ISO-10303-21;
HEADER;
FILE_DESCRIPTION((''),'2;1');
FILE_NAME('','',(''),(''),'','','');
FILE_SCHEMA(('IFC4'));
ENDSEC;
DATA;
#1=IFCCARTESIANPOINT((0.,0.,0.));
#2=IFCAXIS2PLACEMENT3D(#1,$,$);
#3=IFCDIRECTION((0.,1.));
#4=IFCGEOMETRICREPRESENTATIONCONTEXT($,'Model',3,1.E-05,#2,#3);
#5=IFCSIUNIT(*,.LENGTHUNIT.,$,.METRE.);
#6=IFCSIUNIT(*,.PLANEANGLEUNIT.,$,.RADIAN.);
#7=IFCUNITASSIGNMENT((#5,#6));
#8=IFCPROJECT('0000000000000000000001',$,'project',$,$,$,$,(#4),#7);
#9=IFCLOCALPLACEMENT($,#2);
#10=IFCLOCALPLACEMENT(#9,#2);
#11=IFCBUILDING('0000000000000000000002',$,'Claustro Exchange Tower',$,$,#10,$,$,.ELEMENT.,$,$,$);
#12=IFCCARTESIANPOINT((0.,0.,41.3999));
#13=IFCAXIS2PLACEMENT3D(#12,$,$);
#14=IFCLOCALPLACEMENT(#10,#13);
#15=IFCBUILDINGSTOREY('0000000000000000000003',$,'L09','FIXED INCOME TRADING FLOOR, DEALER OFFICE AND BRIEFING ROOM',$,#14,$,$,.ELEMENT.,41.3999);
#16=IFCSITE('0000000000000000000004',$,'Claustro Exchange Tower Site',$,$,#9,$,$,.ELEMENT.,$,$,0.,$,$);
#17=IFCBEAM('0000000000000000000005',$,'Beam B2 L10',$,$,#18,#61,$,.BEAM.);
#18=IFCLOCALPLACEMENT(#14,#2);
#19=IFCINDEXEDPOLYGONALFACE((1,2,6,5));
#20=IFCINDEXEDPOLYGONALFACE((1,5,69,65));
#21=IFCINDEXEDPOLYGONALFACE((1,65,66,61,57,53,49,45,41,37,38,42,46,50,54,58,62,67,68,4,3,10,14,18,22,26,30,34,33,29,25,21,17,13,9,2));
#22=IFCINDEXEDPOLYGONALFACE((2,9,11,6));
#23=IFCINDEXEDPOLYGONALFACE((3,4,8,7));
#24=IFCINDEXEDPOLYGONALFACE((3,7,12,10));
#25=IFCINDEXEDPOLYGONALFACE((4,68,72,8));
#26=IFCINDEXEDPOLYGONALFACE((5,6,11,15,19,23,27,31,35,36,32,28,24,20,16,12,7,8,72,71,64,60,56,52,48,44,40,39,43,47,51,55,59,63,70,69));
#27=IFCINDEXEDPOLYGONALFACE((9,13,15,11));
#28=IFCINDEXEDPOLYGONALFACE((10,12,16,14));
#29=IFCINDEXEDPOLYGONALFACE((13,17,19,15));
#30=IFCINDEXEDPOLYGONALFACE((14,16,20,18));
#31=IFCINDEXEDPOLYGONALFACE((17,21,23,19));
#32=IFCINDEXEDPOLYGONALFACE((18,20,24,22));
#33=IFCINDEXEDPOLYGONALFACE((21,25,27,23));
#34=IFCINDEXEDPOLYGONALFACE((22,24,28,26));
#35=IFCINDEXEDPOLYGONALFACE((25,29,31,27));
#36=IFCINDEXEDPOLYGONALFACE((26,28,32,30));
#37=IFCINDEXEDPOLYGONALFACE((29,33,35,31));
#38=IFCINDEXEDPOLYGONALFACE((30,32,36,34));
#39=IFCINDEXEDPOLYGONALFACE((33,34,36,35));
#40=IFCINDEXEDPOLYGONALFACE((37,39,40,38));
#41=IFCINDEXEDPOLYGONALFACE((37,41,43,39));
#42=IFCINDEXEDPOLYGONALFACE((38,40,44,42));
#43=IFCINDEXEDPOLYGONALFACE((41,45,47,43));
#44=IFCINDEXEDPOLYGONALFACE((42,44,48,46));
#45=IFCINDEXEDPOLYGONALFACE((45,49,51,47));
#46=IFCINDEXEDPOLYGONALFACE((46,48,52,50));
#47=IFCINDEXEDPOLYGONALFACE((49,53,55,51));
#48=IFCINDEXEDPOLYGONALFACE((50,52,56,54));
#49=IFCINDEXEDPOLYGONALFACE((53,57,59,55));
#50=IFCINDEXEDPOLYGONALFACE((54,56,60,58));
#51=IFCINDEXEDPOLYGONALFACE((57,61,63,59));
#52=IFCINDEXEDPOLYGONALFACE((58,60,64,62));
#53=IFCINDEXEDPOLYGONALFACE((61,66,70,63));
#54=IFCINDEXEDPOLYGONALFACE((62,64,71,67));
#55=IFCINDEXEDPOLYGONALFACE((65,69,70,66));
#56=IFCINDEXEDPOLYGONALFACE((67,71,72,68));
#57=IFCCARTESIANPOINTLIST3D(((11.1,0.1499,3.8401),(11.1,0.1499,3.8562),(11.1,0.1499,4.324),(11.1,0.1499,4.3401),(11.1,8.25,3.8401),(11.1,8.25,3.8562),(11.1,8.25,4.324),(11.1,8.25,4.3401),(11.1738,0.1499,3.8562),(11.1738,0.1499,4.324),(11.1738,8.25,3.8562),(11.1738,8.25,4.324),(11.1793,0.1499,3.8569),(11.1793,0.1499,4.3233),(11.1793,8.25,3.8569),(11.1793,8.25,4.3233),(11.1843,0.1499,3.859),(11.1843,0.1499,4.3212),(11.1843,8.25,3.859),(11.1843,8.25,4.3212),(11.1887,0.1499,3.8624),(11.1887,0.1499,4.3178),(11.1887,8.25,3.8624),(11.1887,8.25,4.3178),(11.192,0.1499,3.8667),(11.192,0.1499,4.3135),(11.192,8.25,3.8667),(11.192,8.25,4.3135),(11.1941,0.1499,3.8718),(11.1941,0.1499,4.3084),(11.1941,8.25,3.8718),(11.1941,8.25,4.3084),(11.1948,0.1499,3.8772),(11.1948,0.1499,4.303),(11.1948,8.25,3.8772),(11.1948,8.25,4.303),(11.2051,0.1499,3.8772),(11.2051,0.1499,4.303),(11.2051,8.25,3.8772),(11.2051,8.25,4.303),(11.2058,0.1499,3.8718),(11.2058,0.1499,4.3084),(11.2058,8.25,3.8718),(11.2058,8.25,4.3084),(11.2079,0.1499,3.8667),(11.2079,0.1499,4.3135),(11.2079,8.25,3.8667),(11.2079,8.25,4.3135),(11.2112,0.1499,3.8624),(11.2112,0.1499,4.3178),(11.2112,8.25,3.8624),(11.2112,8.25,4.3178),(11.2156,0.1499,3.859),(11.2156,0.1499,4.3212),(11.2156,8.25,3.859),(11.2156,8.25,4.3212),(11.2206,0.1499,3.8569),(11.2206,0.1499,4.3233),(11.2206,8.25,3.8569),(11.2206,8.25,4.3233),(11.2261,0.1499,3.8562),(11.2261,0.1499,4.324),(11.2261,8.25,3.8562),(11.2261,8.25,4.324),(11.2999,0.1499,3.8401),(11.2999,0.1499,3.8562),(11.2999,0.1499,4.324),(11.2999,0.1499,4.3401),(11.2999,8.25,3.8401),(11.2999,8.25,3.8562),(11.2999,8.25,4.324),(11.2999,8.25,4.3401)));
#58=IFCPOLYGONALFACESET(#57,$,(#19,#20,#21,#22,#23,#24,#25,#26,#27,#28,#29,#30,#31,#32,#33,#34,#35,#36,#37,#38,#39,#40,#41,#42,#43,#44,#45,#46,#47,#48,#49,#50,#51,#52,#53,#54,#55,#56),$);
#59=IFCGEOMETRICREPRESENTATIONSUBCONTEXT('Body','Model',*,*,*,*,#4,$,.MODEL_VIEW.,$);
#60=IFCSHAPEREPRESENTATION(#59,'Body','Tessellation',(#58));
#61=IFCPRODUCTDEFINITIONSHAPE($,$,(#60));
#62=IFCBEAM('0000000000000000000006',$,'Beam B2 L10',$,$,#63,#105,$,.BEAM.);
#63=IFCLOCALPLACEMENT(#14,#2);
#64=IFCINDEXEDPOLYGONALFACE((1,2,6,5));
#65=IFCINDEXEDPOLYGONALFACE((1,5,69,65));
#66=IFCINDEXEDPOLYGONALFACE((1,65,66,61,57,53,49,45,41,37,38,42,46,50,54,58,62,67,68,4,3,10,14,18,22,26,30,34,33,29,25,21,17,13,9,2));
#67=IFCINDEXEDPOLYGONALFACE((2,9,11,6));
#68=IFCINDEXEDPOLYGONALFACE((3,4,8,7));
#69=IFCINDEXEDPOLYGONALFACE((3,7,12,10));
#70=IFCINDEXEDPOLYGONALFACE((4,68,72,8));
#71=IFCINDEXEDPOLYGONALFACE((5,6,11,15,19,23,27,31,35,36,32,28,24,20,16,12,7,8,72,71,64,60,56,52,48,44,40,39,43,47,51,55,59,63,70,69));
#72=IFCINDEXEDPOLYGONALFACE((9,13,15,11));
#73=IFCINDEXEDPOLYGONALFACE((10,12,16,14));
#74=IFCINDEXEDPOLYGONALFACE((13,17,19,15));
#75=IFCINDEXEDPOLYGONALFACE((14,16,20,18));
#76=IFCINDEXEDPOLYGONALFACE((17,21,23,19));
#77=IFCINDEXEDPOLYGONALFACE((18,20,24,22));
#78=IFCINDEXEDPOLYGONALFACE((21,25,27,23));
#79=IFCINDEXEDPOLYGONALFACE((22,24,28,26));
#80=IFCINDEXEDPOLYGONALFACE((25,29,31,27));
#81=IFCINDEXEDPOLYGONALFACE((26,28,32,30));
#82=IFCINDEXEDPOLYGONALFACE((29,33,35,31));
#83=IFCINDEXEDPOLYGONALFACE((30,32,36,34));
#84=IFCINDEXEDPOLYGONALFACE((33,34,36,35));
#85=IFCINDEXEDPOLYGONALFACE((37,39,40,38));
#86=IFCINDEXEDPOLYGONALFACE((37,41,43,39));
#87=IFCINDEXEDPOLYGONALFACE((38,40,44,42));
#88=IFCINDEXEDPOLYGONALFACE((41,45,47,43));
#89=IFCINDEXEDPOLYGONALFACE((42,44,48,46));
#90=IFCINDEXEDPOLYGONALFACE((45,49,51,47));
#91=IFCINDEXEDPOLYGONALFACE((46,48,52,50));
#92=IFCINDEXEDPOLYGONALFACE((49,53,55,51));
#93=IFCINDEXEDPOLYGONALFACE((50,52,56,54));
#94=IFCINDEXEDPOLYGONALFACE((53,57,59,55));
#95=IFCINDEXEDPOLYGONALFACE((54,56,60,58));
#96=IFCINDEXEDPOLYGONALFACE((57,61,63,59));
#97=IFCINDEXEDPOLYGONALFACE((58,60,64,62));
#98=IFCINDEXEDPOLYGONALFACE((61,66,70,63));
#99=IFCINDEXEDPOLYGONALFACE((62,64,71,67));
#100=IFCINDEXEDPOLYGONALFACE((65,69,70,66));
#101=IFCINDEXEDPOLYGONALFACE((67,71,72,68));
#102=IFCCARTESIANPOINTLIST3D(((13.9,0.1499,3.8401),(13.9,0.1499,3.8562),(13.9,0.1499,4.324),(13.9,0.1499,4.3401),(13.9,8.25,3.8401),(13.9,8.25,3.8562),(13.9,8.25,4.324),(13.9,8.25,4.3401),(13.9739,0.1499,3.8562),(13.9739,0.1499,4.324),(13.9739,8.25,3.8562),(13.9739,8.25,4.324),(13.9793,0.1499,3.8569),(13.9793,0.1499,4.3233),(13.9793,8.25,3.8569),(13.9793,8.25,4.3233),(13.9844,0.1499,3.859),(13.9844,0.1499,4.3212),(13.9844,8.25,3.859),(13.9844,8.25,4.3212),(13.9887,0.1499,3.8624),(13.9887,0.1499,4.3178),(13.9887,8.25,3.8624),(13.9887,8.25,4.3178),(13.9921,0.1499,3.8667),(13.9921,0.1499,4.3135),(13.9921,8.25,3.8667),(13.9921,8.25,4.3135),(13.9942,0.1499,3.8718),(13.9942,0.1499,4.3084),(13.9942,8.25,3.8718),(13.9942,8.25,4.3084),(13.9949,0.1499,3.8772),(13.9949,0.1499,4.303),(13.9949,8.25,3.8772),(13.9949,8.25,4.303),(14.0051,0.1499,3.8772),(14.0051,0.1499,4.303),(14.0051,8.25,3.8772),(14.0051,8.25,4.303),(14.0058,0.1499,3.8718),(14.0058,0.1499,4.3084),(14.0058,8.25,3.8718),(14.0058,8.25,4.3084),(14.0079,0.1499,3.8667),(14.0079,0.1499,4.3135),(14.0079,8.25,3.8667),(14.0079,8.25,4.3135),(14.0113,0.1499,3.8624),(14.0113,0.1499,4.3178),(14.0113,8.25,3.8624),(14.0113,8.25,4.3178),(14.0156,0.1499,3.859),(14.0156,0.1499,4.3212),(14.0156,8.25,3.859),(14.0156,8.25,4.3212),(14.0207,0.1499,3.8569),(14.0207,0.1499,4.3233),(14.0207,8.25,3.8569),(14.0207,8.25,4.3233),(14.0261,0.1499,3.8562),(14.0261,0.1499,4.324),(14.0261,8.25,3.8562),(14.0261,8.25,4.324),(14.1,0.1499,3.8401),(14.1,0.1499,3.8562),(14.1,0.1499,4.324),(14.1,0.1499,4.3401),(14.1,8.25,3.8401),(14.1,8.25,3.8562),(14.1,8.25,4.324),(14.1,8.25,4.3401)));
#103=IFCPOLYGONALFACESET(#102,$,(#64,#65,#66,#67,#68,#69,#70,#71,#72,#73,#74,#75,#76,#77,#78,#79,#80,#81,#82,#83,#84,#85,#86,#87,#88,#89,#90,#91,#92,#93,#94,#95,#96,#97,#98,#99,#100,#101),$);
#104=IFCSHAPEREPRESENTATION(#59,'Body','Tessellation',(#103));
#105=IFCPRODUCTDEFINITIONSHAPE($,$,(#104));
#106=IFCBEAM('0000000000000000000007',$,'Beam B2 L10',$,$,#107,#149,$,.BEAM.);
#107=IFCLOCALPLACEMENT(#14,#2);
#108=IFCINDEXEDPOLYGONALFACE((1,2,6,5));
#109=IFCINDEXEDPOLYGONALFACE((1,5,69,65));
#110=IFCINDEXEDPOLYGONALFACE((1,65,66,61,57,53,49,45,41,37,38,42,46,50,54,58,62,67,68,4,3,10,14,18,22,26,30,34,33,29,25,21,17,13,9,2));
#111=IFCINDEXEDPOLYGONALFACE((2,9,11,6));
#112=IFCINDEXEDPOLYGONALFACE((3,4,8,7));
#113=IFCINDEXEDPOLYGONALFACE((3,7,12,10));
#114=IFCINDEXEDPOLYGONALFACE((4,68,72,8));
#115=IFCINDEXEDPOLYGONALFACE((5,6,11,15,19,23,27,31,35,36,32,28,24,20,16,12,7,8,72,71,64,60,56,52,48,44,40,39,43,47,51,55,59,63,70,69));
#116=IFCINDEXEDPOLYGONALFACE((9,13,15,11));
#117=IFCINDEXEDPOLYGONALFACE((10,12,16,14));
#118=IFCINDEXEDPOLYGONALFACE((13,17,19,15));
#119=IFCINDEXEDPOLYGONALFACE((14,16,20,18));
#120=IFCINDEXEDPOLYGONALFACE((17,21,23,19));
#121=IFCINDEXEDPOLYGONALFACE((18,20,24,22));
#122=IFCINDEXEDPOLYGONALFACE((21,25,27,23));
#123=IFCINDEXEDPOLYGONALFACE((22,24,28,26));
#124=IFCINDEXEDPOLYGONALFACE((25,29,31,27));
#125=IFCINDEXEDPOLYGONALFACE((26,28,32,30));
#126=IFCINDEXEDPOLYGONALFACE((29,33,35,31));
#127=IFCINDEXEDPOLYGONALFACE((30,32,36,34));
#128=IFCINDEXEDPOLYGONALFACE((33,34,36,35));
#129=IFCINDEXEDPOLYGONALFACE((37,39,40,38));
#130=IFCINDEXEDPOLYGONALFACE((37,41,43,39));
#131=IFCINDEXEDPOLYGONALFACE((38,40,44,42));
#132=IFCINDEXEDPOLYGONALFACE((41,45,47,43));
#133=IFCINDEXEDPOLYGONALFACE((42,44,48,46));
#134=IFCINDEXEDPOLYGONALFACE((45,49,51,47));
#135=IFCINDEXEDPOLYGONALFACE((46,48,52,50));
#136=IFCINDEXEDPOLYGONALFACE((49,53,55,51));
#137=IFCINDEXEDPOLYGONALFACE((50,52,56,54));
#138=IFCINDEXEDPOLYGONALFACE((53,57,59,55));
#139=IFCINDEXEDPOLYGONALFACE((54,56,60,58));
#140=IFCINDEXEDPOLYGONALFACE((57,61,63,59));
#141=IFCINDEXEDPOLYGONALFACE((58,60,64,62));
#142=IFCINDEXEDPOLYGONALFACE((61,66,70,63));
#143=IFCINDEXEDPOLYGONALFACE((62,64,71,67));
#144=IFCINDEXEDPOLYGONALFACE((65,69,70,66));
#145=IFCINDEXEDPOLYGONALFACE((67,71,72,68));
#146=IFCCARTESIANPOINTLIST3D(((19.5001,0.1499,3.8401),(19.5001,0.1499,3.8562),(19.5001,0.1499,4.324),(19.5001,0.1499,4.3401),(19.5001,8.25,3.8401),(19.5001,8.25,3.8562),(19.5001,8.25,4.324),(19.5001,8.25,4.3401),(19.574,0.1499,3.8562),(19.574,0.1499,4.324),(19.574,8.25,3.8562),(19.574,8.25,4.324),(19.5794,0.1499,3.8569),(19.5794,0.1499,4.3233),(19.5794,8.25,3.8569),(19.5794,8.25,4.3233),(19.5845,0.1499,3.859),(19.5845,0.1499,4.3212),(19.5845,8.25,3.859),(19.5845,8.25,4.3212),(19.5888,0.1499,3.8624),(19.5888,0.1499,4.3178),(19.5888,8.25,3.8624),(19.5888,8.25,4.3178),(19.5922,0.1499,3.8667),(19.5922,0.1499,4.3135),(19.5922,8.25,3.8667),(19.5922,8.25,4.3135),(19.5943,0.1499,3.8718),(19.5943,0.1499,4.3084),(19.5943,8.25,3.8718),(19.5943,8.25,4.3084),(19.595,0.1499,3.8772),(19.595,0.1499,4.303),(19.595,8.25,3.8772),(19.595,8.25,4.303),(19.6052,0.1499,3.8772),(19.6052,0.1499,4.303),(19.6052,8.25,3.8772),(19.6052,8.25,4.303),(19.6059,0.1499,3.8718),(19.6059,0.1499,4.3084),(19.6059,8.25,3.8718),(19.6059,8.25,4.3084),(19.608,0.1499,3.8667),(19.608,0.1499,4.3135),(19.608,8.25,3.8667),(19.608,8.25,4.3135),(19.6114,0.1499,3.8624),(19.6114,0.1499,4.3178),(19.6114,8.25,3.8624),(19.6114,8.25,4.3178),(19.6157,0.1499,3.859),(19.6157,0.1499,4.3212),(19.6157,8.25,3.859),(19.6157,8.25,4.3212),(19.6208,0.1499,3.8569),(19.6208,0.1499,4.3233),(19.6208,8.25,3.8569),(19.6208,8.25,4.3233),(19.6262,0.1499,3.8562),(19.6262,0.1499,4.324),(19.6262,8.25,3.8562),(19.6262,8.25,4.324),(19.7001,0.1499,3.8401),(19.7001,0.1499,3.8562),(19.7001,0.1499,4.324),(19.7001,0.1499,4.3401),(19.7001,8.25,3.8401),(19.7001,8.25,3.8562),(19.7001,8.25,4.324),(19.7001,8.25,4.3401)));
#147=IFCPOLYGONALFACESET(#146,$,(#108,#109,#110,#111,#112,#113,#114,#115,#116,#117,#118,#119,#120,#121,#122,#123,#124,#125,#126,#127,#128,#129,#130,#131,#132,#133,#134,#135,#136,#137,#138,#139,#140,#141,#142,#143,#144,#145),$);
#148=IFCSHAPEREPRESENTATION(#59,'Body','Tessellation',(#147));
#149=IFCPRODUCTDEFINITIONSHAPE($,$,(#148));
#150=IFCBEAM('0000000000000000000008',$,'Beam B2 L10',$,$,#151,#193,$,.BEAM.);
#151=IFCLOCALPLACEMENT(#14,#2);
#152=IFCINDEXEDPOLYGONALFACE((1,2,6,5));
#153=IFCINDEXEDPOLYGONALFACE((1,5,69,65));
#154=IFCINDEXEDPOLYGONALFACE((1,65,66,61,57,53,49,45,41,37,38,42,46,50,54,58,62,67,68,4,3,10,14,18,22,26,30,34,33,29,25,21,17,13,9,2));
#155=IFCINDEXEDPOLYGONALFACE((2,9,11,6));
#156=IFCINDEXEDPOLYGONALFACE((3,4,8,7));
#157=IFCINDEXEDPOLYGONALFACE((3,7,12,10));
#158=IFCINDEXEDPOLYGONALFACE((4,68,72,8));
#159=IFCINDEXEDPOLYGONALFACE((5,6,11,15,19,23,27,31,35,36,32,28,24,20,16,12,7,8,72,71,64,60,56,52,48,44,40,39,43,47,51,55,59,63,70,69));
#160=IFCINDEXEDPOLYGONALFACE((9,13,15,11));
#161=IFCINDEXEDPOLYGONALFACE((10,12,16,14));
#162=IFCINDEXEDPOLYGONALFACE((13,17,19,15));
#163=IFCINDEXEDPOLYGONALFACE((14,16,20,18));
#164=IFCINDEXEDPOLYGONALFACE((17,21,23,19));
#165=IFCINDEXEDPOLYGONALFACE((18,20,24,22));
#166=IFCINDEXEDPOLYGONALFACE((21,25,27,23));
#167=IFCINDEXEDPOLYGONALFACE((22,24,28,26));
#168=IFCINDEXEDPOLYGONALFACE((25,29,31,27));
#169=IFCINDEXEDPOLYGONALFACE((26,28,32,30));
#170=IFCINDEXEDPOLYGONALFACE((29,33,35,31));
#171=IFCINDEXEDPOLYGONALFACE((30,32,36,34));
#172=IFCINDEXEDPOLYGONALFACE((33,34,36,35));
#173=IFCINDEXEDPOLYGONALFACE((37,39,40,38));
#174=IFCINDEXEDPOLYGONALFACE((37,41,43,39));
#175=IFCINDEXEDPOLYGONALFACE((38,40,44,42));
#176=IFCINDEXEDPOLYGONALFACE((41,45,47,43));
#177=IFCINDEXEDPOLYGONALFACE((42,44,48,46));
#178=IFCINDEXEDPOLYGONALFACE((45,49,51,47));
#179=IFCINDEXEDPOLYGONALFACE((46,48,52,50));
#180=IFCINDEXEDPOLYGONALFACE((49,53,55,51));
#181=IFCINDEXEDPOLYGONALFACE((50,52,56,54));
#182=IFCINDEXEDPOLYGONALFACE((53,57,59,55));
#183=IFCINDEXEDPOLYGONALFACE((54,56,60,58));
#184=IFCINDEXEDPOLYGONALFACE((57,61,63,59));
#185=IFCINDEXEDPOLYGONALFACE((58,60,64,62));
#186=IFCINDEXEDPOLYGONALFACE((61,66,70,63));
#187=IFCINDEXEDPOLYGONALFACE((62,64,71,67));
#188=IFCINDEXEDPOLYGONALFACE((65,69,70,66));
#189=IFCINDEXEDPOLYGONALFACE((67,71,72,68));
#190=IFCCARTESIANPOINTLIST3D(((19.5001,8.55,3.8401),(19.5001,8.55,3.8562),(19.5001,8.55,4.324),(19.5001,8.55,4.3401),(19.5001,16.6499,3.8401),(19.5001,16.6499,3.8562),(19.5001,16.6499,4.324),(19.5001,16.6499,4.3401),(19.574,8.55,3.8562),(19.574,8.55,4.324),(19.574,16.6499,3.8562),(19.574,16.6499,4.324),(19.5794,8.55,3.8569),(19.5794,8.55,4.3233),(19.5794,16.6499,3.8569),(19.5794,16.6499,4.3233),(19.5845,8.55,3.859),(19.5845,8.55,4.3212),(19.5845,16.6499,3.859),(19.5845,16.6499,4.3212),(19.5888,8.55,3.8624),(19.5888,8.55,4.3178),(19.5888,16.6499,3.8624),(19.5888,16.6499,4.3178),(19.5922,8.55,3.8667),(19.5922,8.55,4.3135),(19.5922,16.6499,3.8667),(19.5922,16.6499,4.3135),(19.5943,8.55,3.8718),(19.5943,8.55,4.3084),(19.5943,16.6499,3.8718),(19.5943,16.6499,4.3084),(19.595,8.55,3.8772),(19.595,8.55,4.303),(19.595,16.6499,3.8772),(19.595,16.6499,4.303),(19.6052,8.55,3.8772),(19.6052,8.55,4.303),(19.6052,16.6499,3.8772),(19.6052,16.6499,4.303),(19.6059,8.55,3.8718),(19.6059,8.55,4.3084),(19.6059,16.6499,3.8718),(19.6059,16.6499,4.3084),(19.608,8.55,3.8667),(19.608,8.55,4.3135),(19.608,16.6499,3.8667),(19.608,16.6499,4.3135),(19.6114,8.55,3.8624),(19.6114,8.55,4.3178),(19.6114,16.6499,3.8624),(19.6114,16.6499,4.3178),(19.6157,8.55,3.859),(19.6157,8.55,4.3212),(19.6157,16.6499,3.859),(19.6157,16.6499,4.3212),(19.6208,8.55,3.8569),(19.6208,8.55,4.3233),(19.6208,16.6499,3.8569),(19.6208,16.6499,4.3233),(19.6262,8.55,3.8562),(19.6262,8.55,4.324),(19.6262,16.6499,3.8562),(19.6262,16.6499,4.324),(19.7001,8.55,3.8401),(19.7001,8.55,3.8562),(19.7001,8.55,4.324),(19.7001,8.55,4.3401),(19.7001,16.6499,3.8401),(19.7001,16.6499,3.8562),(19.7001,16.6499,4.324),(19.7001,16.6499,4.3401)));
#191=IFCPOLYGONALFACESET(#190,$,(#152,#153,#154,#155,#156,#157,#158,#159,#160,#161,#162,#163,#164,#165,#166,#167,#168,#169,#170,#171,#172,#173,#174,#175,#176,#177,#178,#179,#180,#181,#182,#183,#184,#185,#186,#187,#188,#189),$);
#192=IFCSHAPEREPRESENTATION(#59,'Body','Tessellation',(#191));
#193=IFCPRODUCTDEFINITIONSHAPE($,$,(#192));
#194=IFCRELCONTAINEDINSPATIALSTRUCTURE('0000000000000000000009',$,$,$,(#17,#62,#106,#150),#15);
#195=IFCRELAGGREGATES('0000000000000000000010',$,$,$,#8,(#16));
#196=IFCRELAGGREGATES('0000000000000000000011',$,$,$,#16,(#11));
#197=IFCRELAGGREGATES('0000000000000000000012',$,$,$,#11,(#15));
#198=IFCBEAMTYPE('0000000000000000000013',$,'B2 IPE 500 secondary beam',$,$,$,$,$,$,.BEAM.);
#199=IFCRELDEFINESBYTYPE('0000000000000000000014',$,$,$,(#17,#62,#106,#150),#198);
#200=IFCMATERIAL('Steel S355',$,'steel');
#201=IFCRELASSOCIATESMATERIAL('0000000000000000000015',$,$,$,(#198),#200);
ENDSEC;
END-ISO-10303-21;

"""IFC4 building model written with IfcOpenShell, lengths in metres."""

from ifc_helpers import new_model, si_unit, direction, frame, origin, origin_2d, place, context, subcontext, project, spatial, i_section, extrude, material, material_profile, profile_set, type_object, element, save


model = new_model("IFC4")

# Units and contexts
model_context = context("Model", 3, precision=1e-05, world=origin(), true_north=direction((0.0, 1.0)))
body_context = subcontext(model_context, "Body", "Model", "MODEL_VIEW")
ifc_project = project(units=[si_unit("LENGTHUNIT", "METRE"), si_unit("PLANEANGLEUNIT", "RADIAN")], contexts=[model_context])

# Site, building, storey
site_placement = place(None, origin())
site = spatial("IfcSite", under=ifc_project, at=site_placement, Name="Claustro Exchange Tower Site", CompositionType="ELEMENT", RefElevation=0.0)
building_placement = place(site_placement, origin())
building = spatial("IfcBuilding", under=site, at=building_placement, Name="Claustro Exchange Tower", CompositionType="ELEMENT")
storey_placement = place(building_placement, frame((0.0, 0.0, 41.3999)))
storey = spatial("IfcBuildingStorey", under=building, at=storey_placement, Name="L09", Description="FIXED INCOME TRADING FLOOR, DEALER OFFICE AND BRIEFING ROOM", CompositionType="ELEMENT", Elevation=41.3999)

# Beams
ifc_material_1 = material(Name="Steel S355", Category="steel")
ifc_material_profile_1 = material_profile(ifc_material_1, i_section(OverallWidth=0.2, OverallDepth=0.5, WebThickness=0.0103, FlangeThickness=0.0161, FilletRadius=0.021, at=origin_2d()), Name="IPE 500")
ifc_profile_set_1 = profile_set([ifc_material_profile_1], Name="Steel S355")
beam_type_1 = type_object("IfcBeamType", Name="B2 IPE 500 secondary beam", PredefinedType="BEAM", material=ifc_profile_set_1)
for number, where, z_axis, x_axis, name in (
    (1, (11.2, 0.1499, 4.0901), (0.0, 1.0, 0.0), (-1.0, 0.0, 0.0), "Beam B2 L10"),
    (2, (14.0, 0.1499, 4.0901), (0.0, 1.0, 0.0), (-1.0, 0.0, 0.0), "Beam B2 L10"),
    (3, (19.6001, 0.1499, 4.0901), (0.0, 1.0, 0.0), (-1.0, 0.0, 0.0), "Beam B2 L10"),
):
    element("IfcBeam", number, at=place(storey_placement, frame(where, z_axis=z_axis, x_axis=x_axis)), inside=storey, type_object=beam_type_1, Name=name, PredefinedType="BEAM", context=body_context, shape_type="SweptSolid", body=[
        extrude(i_section(OverallWidth=0.2, OverallDepth=0.5, WebThickness=0.0103, FlangeThickness=0.0161, FilletRadius=0.021, at=origin_2d()), origin(), (0.0, 0.0, 1.0), 8.1001),
    ])
beam_1_placement = place(storey_placement, frame((19.6001, 8.55, 4.0901), z_axis=(0.0, 1.0, 0.0), x_axis=(-1.0, 0.0, 0.0)))
element("IfcBeam", 4, at=beam_1_placement, inside=storey, type_object=beam_type_1, Name="Beam B2 L10", PredefinedType="BEAM", context=body_context, shape_type="SweptSolid", body=[
    extrude(i_section(OverallWidth=0.2, OverallDepth=0.5, WebThickness=0.0103, FlangeThickness=0.0161, FilletRadius=0.021, at=origin_2d()), origin(), (0.0, 0.0, 1.0), 8.0999),
])

save(model, "model.ifc")
